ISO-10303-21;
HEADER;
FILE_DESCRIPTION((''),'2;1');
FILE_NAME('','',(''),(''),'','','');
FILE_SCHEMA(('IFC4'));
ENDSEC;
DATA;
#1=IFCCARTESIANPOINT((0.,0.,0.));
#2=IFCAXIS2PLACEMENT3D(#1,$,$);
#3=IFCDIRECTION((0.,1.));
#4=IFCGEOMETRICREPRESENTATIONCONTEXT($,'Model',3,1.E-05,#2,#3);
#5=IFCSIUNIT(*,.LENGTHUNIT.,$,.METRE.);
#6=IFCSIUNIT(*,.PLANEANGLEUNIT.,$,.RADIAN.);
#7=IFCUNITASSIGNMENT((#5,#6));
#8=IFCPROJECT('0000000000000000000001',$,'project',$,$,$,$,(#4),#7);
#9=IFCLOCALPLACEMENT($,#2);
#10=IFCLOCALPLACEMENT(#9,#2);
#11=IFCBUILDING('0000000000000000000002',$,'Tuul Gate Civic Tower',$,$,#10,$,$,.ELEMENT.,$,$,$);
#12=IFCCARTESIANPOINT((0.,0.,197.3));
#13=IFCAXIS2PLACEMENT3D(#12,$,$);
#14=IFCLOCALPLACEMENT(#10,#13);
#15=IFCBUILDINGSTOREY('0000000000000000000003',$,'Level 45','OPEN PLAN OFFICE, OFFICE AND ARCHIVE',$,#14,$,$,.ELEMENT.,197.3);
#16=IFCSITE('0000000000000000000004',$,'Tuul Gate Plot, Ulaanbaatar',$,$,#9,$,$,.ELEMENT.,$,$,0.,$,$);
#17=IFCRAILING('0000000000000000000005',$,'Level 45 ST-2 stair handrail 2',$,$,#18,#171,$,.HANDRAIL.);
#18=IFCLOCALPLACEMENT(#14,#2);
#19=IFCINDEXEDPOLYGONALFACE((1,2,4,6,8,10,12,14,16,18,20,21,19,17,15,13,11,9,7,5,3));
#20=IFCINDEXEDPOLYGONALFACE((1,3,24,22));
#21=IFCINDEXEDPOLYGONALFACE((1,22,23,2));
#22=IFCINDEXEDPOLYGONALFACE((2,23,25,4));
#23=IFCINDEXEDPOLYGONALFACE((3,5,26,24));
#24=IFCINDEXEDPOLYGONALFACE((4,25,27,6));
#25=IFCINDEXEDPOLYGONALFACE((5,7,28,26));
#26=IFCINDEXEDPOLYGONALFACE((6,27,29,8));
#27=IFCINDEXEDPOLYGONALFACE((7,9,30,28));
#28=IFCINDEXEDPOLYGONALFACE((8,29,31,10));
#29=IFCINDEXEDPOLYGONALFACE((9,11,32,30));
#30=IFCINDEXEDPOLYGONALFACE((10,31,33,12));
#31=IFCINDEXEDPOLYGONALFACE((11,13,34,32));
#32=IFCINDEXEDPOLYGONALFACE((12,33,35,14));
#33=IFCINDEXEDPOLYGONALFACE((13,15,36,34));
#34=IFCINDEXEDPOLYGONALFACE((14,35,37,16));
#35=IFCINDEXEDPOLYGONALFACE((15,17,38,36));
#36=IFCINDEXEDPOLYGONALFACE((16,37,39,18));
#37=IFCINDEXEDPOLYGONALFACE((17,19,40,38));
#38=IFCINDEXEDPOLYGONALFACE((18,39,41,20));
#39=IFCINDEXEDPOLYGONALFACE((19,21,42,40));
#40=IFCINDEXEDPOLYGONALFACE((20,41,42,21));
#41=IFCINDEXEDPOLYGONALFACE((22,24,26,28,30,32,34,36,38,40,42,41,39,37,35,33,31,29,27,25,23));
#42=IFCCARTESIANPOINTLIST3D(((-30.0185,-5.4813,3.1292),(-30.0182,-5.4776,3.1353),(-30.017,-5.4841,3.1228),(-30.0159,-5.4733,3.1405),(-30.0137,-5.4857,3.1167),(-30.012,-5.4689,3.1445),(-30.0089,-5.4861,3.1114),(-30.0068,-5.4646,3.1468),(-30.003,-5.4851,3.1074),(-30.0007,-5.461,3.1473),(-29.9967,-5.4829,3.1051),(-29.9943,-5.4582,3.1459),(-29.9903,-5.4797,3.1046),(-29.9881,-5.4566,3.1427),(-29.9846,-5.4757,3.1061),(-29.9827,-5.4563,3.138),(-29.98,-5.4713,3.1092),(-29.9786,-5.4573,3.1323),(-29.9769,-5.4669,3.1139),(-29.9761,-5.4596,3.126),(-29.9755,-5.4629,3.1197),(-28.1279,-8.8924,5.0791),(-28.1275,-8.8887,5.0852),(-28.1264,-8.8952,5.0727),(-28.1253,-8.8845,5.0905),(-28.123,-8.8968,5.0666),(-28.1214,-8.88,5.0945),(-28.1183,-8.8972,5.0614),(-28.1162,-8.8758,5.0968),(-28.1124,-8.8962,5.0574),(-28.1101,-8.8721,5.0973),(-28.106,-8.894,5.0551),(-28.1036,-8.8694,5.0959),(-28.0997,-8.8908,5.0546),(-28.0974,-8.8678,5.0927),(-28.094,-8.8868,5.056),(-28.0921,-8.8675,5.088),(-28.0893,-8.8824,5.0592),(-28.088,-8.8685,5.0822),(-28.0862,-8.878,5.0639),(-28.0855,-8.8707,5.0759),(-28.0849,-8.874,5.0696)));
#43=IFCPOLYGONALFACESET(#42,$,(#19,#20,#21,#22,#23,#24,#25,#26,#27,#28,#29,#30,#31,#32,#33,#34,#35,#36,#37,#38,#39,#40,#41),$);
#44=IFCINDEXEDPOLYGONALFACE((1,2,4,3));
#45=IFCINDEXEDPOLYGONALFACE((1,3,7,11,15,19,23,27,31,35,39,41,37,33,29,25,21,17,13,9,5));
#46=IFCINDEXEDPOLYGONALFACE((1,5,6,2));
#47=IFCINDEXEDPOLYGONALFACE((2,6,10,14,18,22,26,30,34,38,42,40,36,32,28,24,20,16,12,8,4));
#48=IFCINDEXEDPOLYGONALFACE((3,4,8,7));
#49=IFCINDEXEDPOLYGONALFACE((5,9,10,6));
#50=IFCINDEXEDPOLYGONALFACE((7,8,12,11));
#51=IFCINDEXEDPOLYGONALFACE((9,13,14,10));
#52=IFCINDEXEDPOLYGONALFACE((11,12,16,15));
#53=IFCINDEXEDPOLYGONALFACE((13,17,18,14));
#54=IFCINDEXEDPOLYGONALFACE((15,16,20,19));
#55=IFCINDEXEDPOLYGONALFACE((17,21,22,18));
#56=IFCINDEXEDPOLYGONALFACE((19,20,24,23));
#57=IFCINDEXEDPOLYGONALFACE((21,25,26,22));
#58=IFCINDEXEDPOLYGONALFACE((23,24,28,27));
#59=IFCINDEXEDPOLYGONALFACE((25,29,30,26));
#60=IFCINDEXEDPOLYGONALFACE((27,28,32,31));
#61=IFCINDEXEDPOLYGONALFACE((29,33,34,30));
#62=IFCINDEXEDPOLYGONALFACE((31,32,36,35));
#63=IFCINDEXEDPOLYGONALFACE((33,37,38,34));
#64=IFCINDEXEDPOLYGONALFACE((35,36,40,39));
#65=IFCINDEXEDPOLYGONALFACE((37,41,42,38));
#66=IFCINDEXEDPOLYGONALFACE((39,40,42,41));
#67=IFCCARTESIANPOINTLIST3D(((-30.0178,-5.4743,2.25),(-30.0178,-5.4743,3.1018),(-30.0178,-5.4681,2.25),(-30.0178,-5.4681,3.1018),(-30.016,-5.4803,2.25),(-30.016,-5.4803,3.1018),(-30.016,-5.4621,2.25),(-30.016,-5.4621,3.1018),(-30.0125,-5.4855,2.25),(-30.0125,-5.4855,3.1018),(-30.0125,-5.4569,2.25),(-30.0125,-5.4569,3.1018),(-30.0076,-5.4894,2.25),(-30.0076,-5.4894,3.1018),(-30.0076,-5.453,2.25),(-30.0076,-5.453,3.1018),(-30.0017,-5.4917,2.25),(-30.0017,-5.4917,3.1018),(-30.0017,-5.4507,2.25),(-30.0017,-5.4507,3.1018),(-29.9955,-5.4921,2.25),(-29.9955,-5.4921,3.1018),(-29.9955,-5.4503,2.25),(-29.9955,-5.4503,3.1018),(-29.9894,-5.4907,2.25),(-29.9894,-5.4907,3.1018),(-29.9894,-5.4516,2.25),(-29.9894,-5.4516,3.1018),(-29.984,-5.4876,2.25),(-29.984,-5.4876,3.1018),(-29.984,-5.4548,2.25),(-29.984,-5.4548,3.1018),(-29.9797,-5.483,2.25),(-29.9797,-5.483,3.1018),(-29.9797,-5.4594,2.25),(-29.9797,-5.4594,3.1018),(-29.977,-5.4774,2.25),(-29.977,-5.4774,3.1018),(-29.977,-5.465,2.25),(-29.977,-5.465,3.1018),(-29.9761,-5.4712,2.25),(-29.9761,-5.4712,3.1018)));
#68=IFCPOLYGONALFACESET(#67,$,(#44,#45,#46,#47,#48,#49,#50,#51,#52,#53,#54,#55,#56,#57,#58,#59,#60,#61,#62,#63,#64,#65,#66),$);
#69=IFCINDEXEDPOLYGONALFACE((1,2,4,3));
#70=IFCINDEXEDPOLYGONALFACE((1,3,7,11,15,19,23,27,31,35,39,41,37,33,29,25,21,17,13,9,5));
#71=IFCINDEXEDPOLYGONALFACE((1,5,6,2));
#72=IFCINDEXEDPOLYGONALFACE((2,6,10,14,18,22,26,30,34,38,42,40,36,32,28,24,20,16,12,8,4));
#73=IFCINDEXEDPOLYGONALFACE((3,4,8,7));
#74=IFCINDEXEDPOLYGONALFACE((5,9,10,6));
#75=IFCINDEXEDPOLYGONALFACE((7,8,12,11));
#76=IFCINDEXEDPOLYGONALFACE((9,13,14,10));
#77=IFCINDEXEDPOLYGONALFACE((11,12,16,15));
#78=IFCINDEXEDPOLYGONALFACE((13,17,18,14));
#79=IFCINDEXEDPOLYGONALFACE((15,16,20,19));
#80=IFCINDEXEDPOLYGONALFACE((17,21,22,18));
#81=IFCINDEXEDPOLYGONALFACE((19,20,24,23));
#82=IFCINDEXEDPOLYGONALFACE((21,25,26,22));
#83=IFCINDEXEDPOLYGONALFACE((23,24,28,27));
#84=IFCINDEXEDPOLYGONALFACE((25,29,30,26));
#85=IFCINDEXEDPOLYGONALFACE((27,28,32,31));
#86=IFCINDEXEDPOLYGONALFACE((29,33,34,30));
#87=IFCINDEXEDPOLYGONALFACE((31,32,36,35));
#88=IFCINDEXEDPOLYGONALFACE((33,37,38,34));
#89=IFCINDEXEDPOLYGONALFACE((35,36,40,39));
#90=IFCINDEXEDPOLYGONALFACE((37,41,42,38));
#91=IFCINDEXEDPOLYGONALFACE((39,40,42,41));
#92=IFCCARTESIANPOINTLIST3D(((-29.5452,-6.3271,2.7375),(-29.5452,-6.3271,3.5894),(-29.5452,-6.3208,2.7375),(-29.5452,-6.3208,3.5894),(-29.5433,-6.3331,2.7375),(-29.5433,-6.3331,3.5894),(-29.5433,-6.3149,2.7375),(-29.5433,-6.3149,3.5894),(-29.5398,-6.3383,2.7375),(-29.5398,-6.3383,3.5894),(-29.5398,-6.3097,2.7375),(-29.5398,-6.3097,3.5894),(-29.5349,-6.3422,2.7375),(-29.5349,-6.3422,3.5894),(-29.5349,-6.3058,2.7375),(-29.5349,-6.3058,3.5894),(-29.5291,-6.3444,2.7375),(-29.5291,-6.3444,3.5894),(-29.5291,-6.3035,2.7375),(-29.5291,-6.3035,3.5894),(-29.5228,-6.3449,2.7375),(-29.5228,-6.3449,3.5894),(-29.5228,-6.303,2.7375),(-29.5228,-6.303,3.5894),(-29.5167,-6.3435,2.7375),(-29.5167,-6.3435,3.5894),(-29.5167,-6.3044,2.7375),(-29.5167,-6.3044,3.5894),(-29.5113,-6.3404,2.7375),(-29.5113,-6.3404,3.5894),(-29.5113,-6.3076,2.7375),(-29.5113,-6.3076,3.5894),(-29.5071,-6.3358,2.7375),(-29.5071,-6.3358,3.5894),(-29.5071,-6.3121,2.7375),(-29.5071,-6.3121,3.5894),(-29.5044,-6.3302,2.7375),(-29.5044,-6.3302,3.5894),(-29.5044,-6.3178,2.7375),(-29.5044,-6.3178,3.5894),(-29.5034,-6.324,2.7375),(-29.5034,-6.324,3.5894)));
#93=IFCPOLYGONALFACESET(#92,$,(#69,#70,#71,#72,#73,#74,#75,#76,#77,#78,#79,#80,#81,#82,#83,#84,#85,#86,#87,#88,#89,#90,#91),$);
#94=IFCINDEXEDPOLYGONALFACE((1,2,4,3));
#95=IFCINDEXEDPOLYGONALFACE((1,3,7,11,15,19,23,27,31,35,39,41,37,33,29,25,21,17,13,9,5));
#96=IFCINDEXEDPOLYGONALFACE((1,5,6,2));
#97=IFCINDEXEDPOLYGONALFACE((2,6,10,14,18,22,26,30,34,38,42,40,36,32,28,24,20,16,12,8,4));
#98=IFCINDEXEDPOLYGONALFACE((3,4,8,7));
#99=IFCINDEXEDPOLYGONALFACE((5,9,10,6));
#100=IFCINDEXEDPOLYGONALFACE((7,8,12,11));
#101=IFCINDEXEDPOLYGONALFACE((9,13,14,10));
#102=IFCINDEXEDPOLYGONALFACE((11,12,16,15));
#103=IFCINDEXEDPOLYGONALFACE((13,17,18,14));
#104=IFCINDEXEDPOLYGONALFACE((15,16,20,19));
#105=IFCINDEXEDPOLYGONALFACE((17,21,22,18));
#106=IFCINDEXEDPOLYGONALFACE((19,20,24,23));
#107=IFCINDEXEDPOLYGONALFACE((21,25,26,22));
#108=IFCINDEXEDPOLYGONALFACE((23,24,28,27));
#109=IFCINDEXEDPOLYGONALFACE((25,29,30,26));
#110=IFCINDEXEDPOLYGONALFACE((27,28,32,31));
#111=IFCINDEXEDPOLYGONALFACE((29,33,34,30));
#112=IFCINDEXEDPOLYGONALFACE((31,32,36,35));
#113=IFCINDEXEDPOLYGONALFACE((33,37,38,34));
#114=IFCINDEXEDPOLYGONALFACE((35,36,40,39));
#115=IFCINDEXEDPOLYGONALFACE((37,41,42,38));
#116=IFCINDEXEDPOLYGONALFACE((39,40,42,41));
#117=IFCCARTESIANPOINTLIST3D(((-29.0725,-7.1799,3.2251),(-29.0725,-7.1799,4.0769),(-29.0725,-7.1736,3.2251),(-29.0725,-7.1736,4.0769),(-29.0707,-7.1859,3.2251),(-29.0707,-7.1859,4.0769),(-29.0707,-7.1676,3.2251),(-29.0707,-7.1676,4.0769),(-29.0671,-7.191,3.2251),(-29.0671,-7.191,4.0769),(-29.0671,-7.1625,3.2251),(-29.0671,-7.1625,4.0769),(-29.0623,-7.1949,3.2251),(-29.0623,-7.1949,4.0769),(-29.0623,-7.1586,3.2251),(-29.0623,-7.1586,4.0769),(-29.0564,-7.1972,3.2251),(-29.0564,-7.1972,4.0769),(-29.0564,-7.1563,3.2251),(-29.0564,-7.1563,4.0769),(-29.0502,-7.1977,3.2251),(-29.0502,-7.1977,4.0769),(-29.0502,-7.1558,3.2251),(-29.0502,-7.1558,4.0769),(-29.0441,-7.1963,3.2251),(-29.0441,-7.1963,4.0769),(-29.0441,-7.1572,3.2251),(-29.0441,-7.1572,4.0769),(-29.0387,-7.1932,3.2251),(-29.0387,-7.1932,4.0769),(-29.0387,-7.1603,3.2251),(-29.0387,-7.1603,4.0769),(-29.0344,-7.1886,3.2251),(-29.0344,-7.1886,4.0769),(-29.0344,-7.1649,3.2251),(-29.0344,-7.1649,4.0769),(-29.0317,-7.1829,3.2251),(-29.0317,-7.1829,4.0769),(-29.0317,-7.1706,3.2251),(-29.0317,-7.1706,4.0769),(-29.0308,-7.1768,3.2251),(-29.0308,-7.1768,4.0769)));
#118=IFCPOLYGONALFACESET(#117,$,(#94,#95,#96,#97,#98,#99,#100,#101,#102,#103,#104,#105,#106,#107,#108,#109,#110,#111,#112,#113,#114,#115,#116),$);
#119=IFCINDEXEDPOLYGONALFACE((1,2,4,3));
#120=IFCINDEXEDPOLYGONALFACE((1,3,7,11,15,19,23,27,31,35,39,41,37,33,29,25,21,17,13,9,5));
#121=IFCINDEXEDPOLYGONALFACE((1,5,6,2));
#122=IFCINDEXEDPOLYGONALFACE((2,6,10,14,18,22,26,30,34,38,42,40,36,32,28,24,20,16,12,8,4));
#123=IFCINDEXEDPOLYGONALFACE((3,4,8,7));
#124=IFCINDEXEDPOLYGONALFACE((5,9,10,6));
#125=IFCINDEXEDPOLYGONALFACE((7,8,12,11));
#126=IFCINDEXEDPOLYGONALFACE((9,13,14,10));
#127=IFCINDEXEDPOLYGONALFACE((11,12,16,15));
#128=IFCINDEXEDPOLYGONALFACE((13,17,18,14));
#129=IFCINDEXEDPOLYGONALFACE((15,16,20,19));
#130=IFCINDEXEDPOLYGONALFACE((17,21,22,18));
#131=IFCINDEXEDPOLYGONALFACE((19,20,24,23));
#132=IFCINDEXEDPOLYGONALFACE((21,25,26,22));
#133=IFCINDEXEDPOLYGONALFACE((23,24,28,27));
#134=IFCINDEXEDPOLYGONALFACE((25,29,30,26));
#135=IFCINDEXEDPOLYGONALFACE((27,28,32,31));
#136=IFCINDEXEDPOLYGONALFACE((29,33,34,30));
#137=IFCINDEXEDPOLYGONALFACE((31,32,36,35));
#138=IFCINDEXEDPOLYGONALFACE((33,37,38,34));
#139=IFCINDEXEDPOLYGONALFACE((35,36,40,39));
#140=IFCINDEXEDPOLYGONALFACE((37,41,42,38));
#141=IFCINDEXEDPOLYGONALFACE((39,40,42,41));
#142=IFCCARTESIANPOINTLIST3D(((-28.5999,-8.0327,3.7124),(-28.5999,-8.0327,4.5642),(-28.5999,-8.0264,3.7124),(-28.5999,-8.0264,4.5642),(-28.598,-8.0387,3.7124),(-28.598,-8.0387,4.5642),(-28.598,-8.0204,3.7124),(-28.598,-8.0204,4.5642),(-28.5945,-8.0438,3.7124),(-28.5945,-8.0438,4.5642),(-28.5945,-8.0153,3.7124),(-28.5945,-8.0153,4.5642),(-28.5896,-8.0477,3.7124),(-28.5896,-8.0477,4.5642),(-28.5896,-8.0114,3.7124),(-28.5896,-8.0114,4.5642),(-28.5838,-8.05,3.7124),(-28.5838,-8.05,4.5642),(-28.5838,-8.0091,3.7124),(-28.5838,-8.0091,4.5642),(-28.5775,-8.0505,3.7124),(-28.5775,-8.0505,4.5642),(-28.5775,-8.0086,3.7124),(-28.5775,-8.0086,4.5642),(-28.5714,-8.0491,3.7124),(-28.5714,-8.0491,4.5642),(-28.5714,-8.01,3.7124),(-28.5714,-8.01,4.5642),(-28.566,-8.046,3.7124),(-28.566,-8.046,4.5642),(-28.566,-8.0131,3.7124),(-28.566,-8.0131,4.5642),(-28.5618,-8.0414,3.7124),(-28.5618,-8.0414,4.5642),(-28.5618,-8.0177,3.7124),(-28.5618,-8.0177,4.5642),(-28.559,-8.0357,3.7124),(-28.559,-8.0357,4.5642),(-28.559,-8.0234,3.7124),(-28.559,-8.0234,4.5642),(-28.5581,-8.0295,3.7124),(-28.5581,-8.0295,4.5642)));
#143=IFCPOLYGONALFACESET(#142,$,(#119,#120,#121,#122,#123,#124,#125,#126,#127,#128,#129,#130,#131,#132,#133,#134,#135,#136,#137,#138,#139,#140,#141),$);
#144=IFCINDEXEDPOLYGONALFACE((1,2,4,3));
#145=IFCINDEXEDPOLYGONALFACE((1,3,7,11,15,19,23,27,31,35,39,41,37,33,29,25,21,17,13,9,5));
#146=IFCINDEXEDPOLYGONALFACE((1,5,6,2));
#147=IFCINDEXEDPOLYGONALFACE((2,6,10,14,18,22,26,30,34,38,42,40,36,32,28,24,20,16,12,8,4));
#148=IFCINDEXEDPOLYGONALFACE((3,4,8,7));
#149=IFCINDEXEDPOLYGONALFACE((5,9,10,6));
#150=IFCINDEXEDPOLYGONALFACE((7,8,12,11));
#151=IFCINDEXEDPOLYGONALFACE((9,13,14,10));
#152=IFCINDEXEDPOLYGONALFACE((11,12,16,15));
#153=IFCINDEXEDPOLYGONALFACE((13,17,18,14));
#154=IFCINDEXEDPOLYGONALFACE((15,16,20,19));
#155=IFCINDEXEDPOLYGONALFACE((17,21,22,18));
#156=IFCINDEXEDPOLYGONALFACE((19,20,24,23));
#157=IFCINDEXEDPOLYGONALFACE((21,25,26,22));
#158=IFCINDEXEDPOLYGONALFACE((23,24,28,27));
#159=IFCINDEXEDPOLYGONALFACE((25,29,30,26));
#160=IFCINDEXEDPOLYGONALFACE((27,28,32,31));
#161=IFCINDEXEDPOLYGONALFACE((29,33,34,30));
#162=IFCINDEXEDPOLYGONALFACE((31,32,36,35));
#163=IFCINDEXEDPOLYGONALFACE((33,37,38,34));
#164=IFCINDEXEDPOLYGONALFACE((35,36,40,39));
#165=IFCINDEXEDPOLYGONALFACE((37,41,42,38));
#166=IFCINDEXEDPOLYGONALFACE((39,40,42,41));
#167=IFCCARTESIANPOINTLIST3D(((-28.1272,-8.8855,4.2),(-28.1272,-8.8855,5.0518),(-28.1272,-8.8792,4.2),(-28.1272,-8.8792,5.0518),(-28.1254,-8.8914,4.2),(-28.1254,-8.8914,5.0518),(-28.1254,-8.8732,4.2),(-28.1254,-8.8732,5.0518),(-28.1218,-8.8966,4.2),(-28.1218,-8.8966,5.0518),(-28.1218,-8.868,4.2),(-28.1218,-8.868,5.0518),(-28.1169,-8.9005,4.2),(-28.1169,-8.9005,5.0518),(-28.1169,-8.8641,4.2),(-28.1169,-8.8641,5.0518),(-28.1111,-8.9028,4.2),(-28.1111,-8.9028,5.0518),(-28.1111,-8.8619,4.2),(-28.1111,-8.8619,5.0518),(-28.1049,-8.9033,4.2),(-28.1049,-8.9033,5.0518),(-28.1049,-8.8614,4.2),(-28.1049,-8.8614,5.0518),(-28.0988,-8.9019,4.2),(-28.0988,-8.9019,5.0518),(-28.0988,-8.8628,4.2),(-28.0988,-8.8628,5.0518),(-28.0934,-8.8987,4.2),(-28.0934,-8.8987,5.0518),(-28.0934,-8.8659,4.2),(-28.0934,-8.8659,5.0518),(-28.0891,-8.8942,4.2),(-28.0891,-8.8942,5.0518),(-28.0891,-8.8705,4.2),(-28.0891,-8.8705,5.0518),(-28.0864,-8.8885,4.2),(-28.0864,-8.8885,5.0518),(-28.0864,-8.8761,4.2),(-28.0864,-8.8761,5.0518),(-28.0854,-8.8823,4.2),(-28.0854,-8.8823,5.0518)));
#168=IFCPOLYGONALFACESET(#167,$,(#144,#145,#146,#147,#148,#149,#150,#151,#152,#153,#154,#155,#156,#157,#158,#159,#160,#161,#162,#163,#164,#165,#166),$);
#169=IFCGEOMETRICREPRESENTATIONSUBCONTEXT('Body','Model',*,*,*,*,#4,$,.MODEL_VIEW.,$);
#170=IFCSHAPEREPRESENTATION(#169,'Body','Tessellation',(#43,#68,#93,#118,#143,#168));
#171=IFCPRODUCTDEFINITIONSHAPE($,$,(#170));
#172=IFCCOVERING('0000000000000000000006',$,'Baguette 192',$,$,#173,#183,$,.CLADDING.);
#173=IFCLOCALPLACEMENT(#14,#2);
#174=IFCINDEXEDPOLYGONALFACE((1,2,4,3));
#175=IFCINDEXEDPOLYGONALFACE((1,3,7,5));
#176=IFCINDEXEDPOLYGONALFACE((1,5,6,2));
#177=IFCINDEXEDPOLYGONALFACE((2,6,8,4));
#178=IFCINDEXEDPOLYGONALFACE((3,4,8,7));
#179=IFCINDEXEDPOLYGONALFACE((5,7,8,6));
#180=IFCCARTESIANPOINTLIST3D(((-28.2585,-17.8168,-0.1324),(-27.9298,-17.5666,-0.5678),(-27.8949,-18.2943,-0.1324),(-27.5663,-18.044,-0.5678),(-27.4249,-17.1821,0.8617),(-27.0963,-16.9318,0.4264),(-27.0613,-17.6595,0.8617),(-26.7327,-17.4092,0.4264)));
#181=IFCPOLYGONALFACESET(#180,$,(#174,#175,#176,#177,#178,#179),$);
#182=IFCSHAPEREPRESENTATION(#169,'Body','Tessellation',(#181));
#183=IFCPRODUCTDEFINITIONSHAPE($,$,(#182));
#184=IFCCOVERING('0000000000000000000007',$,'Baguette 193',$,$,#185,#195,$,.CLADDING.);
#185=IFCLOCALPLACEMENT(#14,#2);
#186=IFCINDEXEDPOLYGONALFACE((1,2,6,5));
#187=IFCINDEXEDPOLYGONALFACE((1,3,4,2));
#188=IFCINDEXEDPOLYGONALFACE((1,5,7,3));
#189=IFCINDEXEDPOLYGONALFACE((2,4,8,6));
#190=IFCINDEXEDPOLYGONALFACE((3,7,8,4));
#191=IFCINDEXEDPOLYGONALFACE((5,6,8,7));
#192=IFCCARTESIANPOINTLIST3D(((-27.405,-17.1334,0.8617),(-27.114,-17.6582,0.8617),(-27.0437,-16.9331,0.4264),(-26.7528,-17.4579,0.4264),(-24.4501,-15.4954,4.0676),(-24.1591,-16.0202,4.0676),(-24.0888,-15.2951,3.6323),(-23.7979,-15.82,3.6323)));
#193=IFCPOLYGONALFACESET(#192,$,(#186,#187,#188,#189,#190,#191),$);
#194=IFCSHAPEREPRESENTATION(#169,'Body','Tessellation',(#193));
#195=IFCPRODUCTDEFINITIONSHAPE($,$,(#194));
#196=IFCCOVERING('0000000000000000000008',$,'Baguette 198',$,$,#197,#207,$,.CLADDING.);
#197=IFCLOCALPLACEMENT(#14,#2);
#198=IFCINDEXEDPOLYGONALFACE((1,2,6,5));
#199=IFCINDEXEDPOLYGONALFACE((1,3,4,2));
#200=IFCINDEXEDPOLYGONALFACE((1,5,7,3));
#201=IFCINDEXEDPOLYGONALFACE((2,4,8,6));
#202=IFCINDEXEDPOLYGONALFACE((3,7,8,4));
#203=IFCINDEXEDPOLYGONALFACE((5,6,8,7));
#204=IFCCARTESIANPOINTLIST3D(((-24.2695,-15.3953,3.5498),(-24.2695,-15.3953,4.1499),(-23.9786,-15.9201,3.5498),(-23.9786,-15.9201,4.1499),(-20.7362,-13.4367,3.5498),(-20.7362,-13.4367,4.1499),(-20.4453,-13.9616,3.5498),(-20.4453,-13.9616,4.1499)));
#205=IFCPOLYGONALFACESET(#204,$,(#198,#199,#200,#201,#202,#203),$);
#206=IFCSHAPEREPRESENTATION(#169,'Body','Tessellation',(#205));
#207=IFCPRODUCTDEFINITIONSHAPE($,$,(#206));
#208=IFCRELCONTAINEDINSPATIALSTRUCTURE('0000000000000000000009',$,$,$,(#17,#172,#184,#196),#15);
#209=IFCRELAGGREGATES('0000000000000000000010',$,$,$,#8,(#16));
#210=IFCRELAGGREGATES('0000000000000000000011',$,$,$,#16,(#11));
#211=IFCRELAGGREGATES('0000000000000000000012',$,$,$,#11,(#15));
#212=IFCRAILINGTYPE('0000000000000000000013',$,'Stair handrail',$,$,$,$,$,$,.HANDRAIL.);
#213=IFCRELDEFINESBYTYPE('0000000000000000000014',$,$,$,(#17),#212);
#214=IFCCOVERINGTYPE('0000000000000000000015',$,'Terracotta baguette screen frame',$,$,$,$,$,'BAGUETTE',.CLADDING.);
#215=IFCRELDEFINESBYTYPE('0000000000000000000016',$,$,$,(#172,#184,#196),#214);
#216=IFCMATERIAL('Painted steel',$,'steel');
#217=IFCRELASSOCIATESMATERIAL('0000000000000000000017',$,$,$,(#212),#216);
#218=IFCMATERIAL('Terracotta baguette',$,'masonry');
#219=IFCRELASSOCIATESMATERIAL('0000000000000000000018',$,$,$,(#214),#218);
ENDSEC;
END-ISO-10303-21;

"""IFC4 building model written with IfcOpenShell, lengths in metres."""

from ifc_helpers import new_model, si_unit, direction, frame, origin, origin_2d, place, context, subcontext, project, spatial, rectangle, circle, extrude, material, material_profile, profile_set, type_object, element, save


model = new_model("IFC4")

# Units and contexts
model_context = context("Model", 3, precision=1e-05, world=origin(), true_north=direction((0.0, 1.0)))
body_context = subcontext(model_context, "Body", "Model", "MODEL_VIEW")
ifc_project = project(units=[si_unit("LENGTHUNIT", "METRE"), si_unit("PLANEANGLEUNIT", "RADIAN")], contexts=[model_context])

# Site, building, storey
site_placement = place(None, origin())
site = spatial("IfcSite", under=ifc_project, at=site_placement, Name="Tuul Gate Plot, Ulaanbaatar", CompositionType="ELEMENT", RefElevation=0.0)
building_placement = place(site_placement, origin())
building = spatial("IfcBuilding", under=site, at=building_placement, Name="Tuul Gate Civic Tower", CompositionType="ELEMENT")
storey_placement = place(building_placement, frame((0.0, 0.0, 197.3)))
storey = spatial("IfcBuildingStorey", under=building, at=storey_placement, Name="Level 45", Description="OPEN PLAN OFFICE, OFFICE AND ARCHIVE", CompositionType="ELEMENT", Elevation=197.3)

# Railing
ifc_material_1 = material(Name="Painted steel", Category="steel")
railing_type_1 = type_object("IfcRailingType", Name="Stair handrail", PredefinedType="HANDRAIL", material=ifc_material_1)
railing_1_placement = place(storey_placement, frame((-29.9971, -5.4712, 2.25)))
element("IfcRailing", 1, at=railing_1_placement, inside=storey, type_object=railing_type_1, Name="Level 45 ST-2 stair handrail 2", PredefinedType="HANDRAIL", context=body_context, shape_type="SweptSolid", body=[
    extrude(circle(Radius=0.0239, at=origin_2d()), frame((0.0, 0.0, 0.876), z_axis=(0.433595, -0.782308, 0.447201), x_axis=(0.874641, 0.484771, 0.0)), (0.0, 0.0, 1.0), 4.3604),
    extrude(circle(Radius=0.021, at=origin_2d()), origin(), (0.0, 0.0, 1.0), 0.8518),
    extrude(circle(Radius=0.021, at=origin_2d()), frame((0.4727, -0.8528, 0.4875)), (0.0, 0.0, 1.0), 0.8518),
    extrude(circle(Radius=0.021, at=origin_2d()), frame((0.9453, -1.7056, 0.9751)), (0.0, 0.0, 1.0), 0.8518),
    extrude(circle(Radius=0.021, at=origin_2d()), frame((1.418, -2.5583, 1.4624)), (0.0, 0.0, 1.0), 0.8518),
    extrude(circle(Radius=0.021, at=origin_2d()), frame((1.8906, -3.4111, 1.95)), (0.0, 0.0, 1.0), 0.8518),
])

# Coverings
ifc_material_2 = material(Name="Terracotta baguette", Category="masonry")
ifc_material_profile_1 = material_profile(ifc_material_2, rectangle(XDim=0.6001, YDim=0.6001, at=origin_2d()), Name="Terracotta baguette screen frame")
ifc_profile_set_1 = profile_set([ifc_material_profile_1], Name="Terracotta baguette")
covering_type = type_object("IfcCoveringType", Name="Terracotta baguette screen frame", ElementType="BAGUETTE", PredefinedType="CLADDING", material=ifc_profile_set_1)
covering_1_placement = place(storey_placement, frame((-27.9124, -17.9304, -0.3501), z_axis=(0.5771, 0.439502, 0.688327), x_axis=(-0.605875, 0.79556, 0.0)))
element("IfcCovering", 2, at=covering_1_placement, inside=storey, type_object=covering_type, Name="Baguette 192", PredefinedType="CLADDING", context=body_context, shape_type="SweptSolid", body=[
    extrude(rectangle(XDim=0.6001, YDim=0.6001, at=origin_2d()), origin(), (0.0, 0.0, 1.0), 1.4443),
])
covering_2_placement = place(storey_placement, frame((-27.0789, -17.2957, 0.644), z_axis=(0.634442, 0.351688, 0.68833), x_axis=(-0.484821, 0.874614, 0.0)))
element("IfcCovering", 3, at=covering_2_placement, inside=storey, type_object=covering_type, Name="Baguette 193", PredefinedType="CLADDING", context=body_context, shape_type="SweptSolid", body=[
    extrude(rectangle(XDim=0.6001, YDim=0.6001, at=origin_2d()), origin(), (0.0, 0.0, 1.0), 4.6575),
])
covering_3_placement = place(storey_placement, frame((-24.124, -15.6577, 3.8499), z_axis=(0.874619, 0.484811, 0.0), x_axis=(-0.484811, 0.874619, 0.0)))
element("IfcCovering", 4, at=covering_3_placement, inside=storey, type_object=covering_type, Name="Baguette 198", PredefinedType="CLADDING", context=body_context, shape_type="SweptSolid", body=[
    extrude(rectangle(XDim=0.6001, YDim=0.6001, at=origin_2d()), origin(), (0.0, 0.0, 1.0), 4.0398),
])

save(model, "model.ifc")
